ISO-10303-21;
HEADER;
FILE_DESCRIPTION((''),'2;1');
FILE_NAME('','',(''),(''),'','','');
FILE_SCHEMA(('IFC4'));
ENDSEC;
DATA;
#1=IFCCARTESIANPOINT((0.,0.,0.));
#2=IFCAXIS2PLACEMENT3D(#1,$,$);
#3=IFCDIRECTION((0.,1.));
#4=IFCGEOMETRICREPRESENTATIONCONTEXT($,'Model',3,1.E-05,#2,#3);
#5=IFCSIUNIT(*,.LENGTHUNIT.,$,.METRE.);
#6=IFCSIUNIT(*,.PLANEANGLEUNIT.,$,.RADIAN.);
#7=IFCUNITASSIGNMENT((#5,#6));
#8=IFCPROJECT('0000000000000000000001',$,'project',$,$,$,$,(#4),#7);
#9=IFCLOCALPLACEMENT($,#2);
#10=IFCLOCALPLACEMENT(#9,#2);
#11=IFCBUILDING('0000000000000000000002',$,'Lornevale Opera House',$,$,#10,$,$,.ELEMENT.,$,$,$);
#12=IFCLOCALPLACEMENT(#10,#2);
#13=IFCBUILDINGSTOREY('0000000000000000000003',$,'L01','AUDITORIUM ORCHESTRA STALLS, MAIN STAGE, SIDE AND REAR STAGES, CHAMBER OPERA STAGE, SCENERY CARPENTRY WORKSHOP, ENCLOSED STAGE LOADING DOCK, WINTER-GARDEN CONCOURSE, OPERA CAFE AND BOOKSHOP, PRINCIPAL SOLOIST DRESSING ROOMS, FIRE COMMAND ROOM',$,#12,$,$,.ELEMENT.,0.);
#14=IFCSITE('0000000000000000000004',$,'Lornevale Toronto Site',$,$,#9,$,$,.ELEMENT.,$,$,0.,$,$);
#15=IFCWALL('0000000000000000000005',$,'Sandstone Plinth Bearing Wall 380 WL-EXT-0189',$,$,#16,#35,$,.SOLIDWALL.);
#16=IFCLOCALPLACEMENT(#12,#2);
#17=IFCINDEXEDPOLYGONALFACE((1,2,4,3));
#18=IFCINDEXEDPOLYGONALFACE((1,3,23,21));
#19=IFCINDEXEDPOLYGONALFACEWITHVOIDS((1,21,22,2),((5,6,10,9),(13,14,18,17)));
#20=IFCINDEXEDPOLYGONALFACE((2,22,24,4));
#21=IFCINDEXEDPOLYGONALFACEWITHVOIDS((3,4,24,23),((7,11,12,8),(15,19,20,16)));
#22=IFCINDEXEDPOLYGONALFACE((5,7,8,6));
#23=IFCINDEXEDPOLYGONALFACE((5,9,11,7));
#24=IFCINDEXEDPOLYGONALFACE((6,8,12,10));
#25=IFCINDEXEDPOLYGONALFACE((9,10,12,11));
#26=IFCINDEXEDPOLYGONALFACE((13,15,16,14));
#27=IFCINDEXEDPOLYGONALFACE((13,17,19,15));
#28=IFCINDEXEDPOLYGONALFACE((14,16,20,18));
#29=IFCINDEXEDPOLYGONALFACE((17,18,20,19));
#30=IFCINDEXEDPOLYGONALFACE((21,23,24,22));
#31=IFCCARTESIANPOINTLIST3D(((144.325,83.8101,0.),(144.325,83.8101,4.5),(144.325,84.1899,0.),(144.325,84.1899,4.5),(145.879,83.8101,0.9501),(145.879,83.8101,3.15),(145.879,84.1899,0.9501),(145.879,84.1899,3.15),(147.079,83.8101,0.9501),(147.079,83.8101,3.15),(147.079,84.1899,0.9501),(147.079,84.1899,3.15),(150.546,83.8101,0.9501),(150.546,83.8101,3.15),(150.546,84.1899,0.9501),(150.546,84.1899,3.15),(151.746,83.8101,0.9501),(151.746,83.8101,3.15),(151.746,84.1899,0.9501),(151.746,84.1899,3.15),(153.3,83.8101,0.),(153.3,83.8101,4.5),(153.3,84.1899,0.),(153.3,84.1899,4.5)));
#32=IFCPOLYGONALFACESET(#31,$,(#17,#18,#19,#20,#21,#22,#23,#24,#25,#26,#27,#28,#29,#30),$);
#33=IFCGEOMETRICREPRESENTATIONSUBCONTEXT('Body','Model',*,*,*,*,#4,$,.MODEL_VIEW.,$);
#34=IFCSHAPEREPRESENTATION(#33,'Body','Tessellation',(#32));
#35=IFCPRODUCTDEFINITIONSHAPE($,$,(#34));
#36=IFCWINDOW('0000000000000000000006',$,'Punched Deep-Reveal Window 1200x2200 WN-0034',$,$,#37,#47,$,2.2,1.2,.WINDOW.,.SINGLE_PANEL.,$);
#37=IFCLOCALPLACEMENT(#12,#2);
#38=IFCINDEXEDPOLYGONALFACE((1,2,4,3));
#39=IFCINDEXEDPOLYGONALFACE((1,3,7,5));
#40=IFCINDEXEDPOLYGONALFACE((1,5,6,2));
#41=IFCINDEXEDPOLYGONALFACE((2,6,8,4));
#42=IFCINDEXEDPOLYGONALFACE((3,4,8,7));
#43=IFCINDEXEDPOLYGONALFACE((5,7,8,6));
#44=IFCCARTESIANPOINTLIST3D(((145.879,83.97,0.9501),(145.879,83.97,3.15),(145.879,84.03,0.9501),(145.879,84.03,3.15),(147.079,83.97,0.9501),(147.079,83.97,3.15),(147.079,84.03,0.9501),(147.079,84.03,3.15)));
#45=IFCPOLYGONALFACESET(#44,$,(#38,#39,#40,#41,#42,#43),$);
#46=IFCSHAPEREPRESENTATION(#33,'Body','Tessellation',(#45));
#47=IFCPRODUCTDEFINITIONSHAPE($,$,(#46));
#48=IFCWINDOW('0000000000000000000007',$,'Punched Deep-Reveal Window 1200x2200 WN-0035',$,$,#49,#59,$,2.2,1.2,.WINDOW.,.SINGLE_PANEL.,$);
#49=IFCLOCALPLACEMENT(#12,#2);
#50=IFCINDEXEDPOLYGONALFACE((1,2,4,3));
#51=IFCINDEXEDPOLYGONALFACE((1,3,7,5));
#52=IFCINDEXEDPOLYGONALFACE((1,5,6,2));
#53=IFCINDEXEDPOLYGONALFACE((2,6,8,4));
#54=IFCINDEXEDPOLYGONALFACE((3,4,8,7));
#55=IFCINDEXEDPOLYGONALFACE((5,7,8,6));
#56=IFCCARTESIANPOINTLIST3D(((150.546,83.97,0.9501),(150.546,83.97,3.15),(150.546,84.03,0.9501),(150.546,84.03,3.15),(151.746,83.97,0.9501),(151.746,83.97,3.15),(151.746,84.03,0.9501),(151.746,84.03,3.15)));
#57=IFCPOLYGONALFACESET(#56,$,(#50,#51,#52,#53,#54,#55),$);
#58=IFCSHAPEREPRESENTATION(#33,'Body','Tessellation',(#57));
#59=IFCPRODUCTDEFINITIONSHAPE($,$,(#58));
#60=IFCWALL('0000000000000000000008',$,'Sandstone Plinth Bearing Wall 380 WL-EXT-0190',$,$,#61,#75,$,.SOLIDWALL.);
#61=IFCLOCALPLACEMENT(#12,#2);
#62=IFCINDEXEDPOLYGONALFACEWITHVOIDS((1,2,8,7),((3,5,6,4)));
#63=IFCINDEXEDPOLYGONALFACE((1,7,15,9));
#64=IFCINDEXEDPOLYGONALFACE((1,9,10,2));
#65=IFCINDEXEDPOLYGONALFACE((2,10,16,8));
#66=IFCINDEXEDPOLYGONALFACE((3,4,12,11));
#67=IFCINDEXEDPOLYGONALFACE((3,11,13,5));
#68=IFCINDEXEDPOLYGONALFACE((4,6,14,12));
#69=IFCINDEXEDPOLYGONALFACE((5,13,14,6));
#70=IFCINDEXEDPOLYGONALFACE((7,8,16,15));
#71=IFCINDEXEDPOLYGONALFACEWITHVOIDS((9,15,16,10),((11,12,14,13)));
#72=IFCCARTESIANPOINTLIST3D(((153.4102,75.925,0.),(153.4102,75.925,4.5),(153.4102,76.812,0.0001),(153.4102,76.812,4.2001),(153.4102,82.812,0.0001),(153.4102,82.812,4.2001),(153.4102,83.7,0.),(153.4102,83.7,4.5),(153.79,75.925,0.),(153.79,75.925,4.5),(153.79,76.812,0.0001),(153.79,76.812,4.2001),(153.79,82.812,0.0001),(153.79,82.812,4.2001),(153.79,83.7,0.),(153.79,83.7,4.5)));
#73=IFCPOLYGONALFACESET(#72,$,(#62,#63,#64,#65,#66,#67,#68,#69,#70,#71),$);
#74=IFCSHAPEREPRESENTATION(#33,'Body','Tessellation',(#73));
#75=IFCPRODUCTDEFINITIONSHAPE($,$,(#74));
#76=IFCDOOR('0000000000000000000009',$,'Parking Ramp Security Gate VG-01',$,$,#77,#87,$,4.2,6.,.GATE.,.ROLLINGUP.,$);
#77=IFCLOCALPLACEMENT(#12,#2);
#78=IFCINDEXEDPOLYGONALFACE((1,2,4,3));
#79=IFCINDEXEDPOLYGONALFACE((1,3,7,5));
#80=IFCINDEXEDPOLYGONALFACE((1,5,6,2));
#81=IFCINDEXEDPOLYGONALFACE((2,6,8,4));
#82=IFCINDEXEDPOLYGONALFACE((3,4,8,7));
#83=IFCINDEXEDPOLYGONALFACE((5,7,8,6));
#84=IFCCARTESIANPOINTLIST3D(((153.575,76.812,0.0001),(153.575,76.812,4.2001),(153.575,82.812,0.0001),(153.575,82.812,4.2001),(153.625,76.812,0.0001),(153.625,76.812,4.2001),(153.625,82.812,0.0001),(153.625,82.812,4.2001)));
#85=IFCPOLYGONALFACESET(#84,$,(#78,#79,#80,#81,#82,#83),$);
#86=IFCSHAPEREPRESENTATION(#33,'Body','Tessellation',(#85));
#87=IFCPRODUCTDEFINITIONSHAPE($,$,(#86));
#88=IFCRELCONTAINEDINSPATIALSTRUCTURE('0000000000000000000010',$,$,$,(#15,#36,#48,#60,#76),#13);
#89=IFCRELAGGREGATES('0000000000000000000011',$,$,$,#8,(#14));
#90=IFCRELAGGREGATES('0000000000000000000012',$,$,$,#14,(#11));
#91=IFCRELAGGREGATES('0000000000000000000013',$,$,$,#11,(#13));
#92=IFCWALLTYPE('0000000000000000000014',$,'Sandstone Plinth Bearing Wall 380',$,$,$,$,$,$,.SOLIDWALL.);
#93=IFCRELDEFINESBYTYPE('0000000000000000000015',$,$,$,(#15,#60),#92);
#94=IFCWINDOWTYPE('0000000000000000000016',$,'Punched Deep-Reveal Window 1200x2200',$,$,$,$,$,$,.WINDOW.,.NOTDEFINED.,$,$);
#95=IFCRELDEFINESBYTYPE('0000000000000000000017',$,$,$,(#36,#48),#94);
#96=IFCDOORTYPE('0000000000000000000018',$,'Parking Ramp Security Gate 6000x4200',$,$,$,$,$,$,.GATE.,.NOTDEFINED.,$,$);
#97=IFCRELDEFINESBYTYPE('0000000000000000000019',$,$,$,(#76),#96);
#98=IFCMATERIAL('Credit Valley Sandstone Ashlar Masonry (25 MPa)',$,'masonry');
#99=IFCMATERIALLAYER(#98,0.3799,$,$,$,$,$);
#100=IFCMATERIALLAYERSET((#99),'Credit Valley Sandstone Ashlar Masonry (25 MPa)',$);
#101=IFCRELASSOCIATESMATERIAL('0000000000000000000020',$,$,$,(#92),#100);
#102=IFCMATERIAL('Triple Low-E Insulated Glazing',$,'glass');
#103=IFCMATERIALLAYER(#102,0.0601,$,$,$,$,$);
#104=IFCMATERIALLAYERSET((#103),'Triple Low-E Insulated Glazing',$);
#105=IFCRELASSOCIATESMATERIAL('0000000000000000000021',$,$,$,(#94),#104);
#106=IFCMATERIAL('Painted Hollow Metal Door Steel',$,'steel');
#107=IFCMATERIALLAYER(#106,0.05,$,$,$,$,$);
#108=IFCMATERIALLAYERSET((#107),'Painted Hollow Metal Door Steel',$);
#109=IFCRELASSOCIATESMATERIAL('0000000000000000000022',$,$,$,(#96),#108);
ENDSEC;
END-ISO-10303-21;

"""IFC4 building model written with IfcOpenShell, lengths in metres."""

from ifc_helpers import new_model, si_unit, direction, frame, frame_2d, origin, place, context, subcontext, project, spatial, rectangle, extrude, material, layer, layer_set, type_object, element, fill, save


model = new_model("IFC4")

# Units and contexts
model_context = context("Model", 3, precision=1e-05, world=origin(), true_north=direction((0.0, 1.0)))
body_context = subcontext(model_context, "Body", "Model", "MODEL_VIEW")
ifc_project = project(units=[si_unit("LENGTHUNIT", "METRE"), si_unit("PLANEANGLEUNIT", "RADIAN")], contexts=[model_context])

# Site, building, storey
site_placement = place(None, origin())
site = spatial("IfcSite", under=ifc_project, at=site_placement, Name="Lornevale Toronto Site", CompositionType="ELEMENT", RefElevation=0.0)
building_placement = place(site_placement, origin())
building = spatial("IfcBuilding", under=site, at=building_placement, Name="Lornevale Opera House", CompositionType="ELEMENT")
storey_placement = place(building_placement, origin())
storey = spatial("IfcBuildingStorey", under=building, at=storey_placement, Name="L01", Description="AUDITORIUM ORCHESTRA STALLS, MAIN STAGE, SIDE AND REAR STAGES, CHAMBER OPERA STAGE, SCENERY CARPENTRY WORKSHOP, ENCLOSED STAGE LOADING DOCK, WINTER-GARDEN CONCOURSE, OPERA CAFE AND BOOKSHOP, PRINCIPAL SOLOIST DRESSING ROOMS, FIRE COMMAND ROOM", CompositionType="ELEMENT", Elevation=0.0)

# Shared definitions
ifc_material_1 = material(Name="Credit Valley Sandstone Ashlar Masonry (25 MPa)", Category="masonry")
ifc_layer_1 = layer(ifc_material_1, 0.3799)
ifc_layer_set_1 = layer_set([ifc_layer_1], Name="Credit Valley Sandstone Ashlar Masonry (25 MPa)")
wall_type = type_object("IfcWallType", Name="Sandstone Plinth Bearing Wall 380", PredefinedType="SOLIDWALL", material=ifc_layer_set_1)

# Shared definitions
ifc_material_2 = material(Name="Triple Low-E Insulated Glazing", Category="glass")

# Wall, openings, windows
wall_1_placement = place(storey_placement, frame((144.325, 84.0, 0.0), z_axis=(0.0, 0.0, 1.0), x_axis=(1.0, 0.0, 0.0)))
wall_1 = element("IfcWall", 1, at=wall_1_placement, inside=storey, type_object=wall_type, Name="Sandstone Plinth Bearing Wall 380 WL-EXT-0189", PredefinedType="SOLIDWALL", context=body_context, shape_type="SweptSolid", body=[
    extrude(rectangle(XDim=8.9751, YDim=0.3799, at=frame_2d((4.4875, 0.0))), origin(), (0.0, 0.0, 1.0), 4.5),
])
opening_1_placement = place(wall_1_placement, frame((1.554, 0.0, 0.95)))
opening_1 = element("IfcOpeningElement", 2, at=opening_1_placement, cuts=wall_1, PredefinedType="OPENING", context=body_context, shape_type="SweptSolid", body=[
    extrude(rectangle(XDim=1.2, YDim=2.2, at=frame_2d((0.6001, 1.1001))), frame((0.0, 0.2, 0.0), z_axis=(0.0, -1.0, 0.0), x_axis=(1.0, 0.0, 0.0)), (0.0, 0.0, 1.0), 0.3999),
])
opening_2_placement = place(wall_1_placement, frame((6.2209, 0.0, 0.95)))
opening_2 = element("IfcOpeningElement", 3, at=opening_2_placement, cuts=wall_1, PredefinedType="OPENING", context=body_context, shape_type="SweptSolid", body=[
    extrude(rectangle(XDim=1.2, YDim=2.2, at=frame_2d((0.6001, 1.1001))), frame((0.0, 0.2, 0.0), z_axis=(0.0, -1.0, 0.0), x_axis=(1.0, 0.0, 0.0)), (0.0, 0.0, 1.0), 0.3999),
])
ifc_layer_2 = layer(ifc_material_2, 0.0601)
ifc_layer_set_2 = layer_set([ifc_layer_2], Name="Triple Low-E Insulated Glazing")
window_type_1 = type_object("IfcWindowType", Name="Punched Deep-Reveal Window 1200x2200", PartitioningType="NOTDEFINED", PredefinedType="WINDOW", material=ifc_layer_set_2)
window_1_placement = place(opening_1_placement, origin())
window_1 = element("IfcWindow", 4, at=window_1_placement, inside=storey, type_object=window_type_1, Name="Punched Deep-Reveal Window 1200x2200 WN-0034", OverallHeight=2.2, OverallWidth=1.2, PartitioningType="SINGLE_PANEL", PredefinedType="WINDOW", context=body_context, shape_type="SweptSolid", body=[
    extrude(rectangle(XDim=1.2, YDim=2.2, at=frame_2d((0.6001, 1.1001))), frame((0.0, 0.03, 0.0), z_axis=(0.0, -1.0, 0.0), x_axis=(1.0, 0.0, 0.0)), (0.0, 0.0, 1.0), 0.0601),
])
fill(opening_1, window_1)
window_2_placement = place(opening_2_placement, origin())
window_2 = element("IfcWindow", 5, at=window_2_placement, inside=storey, type_object=window_type_1, Name="Punched Deep-Reveal Window 1200x2200 WN-0035", OverallHeight=2.2, OverallWidth=1.2, PartitioningType="SINGLE_PANEL", PredefinedType="WINDOW", context=body_context, shape_type="SweptSolid", body=[
    extrude(rectangle(XDim=1.2, YDim=2.2, at=frame_2d((0.6001, 1.1001))), frame((0.0, 0.03, 0.0), z_axis=(0.0, -1.0, 0.0), x_axis=(1.0, 0.0, 0.0)), (0.0, 0.0, 1.0), 0.0601),
])
fill(opening_2, window_2)

# Wall, opening, door
wall_2_placement = place(storey_placement, frame((153.6001, 83.7, 0.0), z_axis=(0.0, 0.0, 1.0), x_axis=(0.0, -1.0, 0.0)))
wall_2 = element("IfcWall", 6, at=wall_2_placement, inside=storey, type_object=wall_type, Name="Sandstone Plinth Bearing Wall 380 WL-EXT-0190", PredefinedType="SOLIDWALL", context=body_context, shape_type="SweptSolid", body=[
    extrude(rectangle(XDim=7.7749, YDim=0.3799, at=frame_2d((3.8875, 0.0))), origin(), (0.0, 0.0, 1.0), 4.5),
])
opening_3_placement = place(wall_2_placement, frame((0.8879, 0.0, 0.0)))
opening_3 = element("IfcOpeningElement", 7, at=opening_3_placement, cuts=wall_2, PredefinedType="OPENING", context=body_context, shape_type="SweptSolid", body=[
    extrude(rectangle(XDim=6.0, YDim=4.2, at=frame_2d((3.0, 2.1001))), frame((0.0, 0.2, 0.0), z_axis=(0.0, -1.0, 0.0), x_axis=(1.0, 0.0, 0.0)), (0.0, 0.0, 1.0), 0.3999),
])
ifc_material_3 = material(Name="Painted Hollow Metal Door Steel", Category="steel")
ifc_layer_3 = layer(ifc_material_3, 0.05)
ifc_layer_set_3 = layer_set([ifc_layer_3], Name="Painted Hollow Metal Door Steel")
door_type = type_object("IfcDoorType", Name="Parking Ramp Security Gate 6000x4200", OperationType="NOTDEFINED", PredefinedType="GATE", material=ifc_layer_set_3)
door_placement = place(opening_3_placement, origin())
door = element("IfcDoor", 8, at=door_placement, inside=storey, type_object=door_type, Name="Parking Ramp Security Gate VG-01", OperationType="ROLLINGUP", OverallHeight=4.2, OverallWidth=6.0, PredefinedType="GATE", context=body_context, shape_type="SweptSolid", body=[
    extrude(rectangle(XDim=6.0, YDim=4.2, at=frame_2d((3.0, 2.1001))), frame((0.0, 0.0249, 0.0), z_axis=(0.0, -1.0, 0.0), x_axis=(1.0, 0.0, 0.0)), (0.0, 0.0, 1.0), 0.05),
])
fill(opening_3, door)

save(model, "model.ifc")
